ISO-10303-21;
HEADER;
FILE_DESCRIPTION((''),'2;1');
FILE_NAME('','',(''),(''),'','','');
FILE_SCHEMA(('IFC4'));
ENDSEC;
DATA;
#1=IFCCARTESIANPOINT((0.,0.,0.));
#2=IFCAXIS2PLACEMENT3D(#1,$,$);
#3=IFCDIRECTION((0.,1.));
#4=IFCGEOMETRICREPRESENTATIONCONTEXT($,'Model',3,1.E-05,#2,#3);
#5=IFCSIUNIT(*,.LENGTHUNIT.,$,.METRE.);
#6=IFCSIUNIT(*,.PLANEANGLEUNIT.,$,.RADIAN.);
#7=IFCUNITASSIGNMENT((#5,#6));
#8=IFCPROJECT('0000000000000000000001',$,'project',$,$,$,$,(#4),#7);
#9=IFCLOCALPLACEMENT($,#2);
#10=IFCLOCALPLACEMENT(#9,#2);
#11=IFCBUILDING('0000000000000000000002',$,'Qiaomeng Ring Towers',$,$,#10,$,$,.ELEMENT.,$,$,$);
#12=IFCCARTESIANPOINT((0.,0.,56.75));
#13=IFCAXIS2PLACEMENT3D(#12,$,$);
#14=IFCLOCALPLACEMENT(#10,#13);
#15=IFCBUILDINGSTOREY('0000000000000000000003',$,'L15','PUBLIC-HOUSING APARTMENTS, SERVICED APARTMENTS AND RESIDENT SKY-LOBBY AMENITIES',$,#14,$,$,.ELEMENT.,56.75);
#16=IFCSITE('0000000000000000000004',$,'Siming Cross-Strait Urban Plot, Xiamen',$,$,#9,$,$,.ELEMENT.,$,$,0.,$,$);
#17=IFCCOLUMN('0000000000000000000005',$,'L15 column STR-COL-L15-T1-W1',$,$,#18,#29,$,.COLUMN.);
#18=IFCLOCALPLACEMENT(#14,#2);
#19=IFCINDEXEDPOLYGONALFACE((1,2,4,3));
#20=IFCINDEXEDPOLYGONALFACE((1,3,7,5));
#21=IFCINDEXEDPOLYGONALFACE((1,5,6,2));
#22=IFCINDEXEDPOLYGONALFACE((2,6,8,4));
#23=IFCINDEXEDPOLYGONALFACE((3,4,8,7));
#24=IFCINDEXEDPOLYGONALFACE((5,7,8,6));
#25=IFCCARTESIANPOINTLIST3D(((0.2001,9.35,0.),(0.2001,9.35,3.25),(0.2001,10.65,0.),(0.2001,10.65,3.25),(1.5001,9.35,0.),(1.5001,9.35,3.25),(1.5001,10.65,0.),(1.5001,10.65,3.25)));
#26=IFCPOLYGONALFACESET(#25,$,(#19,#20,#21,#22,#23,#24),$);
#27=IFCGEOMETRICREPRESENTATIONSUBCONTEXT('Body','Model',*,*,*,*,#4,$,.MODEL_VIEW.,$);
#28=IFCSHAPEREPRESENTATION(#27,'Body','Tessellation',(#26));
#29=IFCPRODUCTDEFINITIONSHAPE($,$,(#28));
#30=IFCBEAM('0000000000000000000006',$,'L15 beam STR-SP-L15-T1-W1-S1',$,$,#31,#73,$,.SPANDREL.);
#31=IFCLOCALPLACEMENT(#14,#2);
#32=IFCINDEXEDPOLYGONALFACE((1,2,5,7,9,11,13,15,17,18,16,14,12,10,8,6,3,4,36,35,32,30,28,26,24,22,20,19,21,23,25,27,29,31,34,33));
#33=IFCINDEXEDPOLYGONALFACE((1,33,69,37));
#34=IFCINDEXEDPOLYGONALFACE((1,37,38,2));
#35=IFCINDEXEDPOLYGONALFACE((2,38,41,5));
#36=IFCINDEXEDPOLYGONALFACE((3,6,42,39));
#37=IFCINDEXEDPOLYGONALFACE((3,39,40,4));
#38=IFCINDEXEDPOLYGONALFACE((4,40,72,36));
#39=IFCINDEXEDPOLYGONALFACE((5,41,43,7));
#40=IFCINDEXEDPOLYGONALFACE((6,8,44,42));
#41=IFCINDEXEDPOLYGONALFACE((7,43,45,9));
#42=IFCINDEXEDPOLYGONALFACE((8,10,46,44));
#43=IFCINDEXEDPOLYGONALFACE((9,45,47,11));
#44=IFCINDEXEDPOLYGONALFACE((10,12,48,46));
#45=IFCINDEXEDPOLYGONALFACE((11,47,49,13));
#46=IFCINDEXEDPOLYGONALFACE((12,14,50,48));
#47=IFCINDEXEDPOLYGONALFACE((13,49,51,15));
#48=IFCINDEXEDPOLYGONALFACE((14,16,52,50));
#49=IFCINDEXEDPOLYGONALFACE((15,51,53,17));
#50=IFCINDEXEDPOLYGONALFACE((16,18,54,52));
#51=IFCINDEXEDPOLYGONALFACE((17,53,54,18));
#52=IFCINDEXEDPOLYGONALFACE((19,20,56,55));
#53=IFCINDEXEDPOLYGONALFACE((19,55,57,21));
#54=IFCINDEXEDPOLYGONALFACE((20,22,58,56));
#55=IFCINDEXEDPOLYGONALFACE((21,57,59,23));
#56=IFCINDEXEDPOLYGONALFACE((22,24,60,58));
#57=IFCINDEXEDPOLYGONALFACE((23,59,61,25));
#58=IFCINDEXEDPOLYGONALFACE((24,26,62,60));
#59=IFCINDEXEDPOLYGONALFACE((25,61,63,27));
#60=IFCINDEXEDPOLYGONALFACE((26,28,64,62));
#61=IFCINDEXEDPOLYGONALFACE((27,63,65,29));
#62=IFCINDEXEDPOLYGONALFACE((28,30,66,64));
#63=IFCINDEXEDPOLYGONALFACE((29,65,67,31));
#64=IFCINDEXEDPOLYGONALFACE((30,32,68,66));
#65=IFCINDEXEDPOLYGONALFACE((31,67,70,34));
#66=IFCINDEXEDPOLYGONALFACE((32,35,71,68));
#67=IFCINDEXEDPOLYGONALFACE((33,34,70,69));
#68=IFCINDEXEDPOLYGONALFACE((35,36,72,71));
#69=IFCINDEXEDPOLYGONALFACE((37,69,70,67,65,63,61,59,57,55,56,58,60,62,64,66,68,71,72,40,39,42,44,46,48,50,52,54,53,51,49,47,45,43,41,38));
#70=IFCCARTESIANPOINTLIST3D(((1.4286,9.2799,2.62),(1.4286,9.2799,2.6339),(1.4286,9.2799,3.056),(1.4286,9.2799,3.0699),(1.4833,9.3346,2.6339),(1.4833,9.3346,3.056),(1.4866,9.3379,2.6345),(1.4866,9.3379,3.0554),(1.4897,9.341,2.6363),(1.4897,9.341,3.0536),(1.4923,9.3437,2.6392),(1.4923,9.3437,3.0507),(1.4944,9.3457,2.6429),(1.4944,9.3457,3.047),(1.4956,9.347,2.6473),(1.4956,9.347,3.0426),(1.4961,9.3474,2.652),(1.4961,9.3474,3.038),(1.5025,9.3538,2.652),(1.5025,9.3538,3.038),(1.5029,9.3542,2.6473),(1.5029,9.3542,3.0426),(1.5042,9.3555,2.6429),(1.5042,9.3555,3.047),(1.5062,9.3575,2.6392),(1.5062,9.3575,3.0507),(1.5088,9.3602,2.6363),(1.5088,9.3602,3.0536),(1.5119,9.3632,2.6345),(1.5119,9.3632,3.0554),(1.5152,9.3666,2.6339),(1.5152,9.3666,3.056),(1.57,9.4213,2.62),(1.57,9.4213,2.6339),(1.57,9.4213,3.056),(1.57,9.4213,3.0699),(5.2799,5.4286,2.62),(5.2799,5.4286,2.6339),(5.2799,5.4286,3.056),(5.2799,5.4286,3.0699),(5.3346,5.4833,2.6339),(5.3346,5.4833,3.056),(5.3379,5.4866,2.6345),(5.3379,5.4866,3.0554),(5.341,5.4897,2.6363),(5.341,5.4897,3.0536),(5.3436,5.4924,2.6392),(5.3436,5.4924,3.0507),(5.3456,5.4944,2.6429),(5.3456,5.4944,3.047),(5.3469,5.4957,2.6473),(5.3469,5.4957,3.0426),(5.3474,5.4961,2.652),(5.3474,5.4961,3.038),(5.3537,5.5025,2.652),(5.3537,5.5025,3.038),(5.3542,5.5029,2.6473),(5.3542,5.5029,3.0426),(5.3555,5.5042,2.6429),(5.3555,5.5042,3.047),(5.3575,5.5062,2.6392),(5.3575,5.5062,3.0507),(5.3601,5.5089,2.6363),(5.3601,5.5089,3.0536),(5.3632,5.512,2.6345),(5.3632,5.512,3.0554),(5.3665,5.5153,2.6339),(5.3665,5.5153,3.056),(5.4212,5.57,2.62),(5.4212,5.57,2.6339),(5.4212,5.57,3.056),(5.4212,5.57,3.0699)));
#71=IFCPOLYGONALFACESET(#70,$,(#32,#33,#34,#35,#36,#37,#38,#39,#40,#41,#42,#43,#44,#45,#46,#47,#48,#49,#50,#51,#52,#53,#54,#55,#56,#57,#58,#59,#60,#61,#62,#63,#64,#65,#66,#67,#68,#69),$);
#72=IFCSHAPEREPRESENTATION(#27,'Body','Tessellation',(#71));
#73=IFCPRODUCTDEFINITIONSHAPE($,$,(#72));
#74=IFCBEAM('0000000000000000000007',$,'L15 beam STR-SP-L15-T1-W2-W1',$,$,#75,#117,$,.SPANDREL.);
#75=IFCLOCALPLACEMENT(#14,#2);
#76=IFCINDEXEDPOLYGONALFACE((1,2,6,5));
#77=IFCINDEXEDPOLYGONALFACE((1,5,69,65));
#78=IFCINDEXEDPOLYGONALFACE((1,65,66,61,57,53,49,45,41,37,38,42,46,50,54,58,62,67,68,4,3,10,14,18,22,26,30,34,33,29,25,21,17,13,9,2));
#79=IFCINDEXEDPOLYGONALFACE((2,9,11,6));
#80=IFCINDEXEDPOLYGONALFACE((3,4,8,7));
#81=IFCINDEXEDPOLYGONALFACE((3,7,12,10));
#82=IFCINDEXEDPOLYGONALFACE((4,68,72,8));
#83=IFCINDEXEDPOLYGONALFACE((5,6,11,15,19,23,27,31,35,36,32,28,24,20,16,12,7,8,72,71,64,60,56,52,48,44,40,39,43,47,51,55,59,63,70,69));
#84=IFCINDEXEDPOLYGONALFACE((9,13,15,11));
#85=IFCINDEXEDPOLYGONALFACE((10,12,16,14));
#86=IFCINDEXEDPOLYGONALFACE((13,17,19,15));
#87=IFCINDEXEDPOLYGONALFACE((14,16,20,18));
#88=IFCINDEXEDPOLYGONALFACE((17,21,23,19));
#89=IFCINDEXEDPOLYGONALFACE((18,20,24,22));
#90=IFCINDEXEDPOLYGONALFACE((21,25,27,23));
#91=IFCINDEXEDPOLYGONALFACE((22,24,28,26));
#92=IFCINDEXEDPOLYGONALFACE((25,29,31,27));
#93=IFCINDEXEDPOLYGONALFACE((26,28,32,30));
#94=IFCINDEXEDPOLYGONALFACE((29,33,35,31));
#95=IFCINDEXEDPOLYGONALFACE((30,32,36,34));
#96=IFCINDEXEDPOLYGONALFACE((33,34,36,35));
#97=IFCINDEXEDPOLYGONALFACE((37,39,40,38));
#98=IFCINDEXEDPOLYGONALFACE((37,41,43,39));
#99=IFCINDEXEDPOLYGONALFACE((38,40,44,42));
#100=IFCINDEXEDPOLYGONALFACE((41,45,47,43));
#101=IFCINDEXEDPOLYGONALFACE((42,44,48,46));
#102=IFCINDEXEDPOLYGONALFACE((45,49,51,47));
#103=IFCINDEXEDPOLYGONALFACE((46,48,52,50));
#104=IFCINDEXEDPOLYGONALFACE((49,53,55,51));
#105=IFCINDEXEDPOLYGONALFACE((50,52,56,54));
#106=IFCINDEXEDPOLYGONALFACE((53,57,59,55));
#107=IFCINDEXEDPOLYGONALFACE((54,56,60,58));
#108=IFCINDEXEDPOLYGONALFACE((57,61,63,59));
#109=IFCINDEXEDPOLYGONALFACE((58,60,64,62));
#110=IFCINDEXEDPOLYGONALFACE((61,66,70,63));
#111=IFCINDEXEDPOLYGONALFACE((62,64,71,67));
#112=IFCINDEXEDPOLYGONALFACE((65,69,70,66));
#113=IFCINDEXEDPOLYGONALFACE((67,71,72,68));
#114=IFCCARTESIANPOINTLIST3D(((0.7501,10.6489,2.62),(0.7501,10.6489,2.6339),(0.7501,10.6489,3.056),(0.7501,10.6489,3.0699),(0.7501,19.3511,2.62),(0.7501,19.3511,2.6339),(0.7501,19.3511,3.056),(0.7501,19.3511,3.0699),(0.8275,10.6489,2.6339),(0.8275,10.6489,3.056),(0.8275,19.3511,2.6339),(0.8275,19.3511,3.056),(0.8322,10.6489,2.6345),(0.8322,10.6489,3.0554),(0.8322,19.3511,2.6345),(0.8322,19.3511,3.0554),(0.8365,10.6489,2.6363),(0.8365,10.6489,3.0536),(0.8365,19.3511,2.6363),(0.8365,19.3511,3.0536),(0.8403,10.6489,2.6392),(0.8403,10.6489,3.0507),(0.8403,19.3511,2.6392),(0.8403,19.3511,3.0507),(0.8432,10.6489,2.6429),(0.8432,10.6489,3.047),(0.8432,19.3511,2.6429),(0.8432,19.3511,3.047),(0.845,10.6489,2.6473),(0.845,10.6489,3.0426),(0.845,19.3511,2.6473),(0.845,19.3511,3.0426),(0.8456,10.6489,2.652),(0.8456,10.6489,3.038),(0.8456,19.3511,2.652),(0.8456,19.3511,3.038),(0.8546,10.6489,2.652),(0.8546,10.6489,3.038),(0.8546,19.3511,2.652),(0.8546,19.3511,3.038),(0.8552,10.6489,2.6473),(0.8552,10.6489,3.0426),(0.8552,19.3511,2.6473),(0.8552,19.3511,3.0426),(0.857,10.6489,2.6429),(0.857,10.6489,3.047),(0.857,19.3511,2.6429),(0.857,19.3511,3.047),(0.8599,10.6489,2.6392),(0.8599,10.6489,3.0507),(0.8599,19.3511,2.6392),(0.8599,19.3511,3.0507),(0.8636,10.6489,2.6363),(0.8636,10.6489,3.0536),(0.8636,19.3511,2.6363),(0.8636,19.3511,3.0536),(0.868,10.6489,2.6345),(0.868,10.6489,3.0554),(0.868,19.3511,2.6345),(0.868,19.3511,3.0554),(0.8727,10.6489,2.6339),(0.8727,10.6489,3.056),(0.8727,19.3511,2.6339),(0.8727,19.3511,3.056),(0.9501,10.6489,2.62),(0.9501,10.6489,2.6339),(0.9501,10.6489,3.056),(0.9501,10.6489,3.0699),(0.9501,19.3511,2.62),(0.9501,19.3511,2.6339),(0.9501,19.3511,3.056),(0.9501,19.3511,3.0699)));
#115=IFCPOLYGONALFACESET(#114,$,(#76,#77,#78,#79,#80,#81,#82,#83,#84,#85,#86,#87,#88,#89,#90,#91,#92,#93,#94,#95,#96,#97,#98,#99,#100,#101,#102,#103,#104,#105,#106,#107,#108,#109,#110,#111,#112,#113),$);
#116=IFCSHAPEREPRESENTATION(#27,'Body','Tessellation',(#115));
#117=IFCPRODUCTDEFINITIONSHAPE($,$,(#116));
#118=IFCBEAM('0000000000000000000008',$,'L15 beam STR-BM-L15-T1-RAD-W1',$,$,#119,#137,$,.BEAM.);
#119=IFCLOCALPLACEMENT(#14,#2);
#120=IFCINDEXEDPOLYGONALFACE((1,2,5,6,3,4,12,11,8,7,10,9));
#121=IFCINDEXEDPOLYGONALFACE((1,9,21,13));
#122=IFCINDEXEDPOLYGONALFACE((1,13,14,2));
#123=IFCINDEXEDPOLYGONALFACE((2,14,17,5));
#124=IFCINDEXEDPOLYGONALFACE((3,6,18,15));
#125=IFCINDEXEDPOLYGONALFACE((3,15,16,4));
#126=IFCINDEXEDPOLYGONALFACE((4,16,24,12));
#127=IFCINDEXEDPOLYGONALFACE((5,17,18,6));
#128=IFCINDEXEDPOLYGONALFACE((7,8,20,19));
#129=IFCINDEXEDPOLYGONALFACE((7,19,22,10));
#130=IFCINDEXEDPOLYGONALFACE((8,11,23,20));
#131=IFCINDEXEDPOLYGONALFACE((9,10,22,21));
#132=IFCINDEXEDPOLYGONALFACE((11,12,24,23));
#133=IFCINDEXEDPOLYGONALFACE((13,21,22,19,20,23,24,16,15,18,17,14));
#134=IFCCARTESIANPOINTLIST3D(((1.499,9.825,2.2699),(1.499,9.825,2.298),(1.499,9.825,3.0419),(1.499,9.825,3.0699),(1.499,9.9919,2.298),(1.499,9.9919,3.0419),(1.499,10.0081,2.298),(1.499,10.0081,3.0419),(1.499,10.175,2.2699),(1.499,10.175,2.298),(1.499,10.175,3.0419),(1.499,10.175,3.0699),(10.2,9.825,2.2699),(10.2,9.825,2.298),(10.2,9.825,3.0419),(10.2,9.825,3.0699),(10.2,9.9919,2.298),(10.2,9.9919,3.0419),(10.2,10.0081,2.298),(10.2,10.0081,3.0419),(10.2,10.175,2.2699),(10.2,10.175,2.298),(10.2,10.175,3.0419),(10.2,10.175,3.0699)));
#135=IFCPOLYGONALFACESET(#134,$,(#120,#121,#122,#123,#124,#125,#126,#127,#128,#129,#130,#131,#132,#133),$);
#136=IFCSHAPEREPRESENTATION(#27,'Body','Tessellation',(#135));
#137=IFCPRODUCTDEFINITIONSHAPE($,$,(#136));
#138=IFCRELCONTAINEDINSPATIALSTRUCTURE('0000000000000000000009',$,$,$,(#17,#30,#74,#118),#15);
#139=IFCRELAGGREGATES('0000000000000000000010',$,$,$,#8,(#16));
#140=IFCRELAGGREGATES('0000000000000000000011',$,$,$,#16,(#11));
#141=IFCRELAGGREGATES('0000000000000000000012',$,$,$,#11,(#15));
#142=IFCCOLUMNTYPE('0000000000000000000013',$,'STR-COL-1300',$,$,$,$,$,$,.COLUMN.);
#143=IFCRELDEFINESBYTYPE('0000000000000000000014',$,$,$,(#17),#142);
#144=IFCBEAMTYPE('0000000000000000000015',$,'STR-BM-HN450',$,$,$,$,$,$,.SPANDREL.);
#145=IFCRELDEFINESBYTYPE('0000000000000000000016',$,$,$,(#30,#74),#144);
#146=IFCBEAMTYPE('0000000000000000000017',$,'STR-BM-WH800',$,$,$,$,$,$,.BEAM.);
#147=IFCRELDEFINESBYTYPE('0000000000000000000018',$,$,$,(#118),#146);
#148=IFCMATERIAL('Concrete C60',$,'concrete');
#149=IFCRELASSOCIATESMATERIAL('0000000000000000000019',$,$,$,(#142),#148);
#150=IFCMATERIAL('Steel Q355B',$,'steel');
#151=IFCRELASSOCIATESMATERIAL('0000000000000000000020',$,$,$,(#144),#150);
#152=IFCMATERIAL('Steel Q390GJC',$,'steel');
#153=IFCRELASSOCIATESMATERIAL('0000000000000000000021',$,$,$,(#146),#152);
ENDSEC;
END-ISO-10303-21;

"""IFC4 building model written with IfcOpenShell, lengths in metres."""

from ifc_helpers import new_model, si_unit, direction, frame, origin, origin_2d, place, context, subcontext, project, spatial, rectangle, i_section, extrude, source, transform, mapped, material, material_profile, profile_set, type_object, element, save


model = new_model("IFC4")

# Units and contexts
model_context = context("Model", 3, precision=1e-05, world=origin(), true_north=direction((0.0, 1.0)))
body_context = subcontext(model_context, "Body", "Model", "MODEL_VIEW")
ifc_project = project(units=[si_unit("LENGTHUNIT", "METRE"), si_unit("PLANEANGLEUNIT", "RADIAN")], contexts=[model_context])

# Site, building, storey
site_placement = place(None, origin())
site = spatial("IfcSite", under=ifc_project, at=site_placement, Name="Siming Cross-Strait Urban Plot, Xiamen", CompositionType="ELEMENT", RefElevation=0.0)
building_placement = place(site_placement, origin())
building = spatial("IfcBuilding", under=site, at=building_placement, Name="Qiaomeng Ring Towers", CompositionType="ELEMENT")
storey_placement = place(building_placement, frame((0.0, 0.0, 56.75)))
storey = spatial("IfcBuildingStorey", under=building, at=storey_placement, Name="L15", Description="PUBLIC-HOUSING APARTMENTS, SERVICED APARTMENTS AND RESIDENT SKY-LOBBY AMENITIES", CompositionType="ELEMENT", Elevation=56.75)

# Column
ifc_material_1 = material(Name="Concrete C60", Category="concrete")
ifc_material_profile_1 = material_profile(ifc_material_1, rectangle(XDim=1.3, YDim=1.3, at=origin_2d()), Name="RC COL 1300x1300")
ifc_profile_set_1 = profile_set([ifc_material_profile_1], Name="Concrete C60")
column_type = type_object("IfcColumnType", Name="STR-COL-1300", PredefinedType="COLUMN", material=ifc_profile_set_1)
shared_shape_1 = source(origin(), body_context, "Body", "SweptSolid", [
    extrude(rectangle(XDim=1.3, YDim=1.3, at=origin_2d()), origin(), (0.0, 0.0, 1.0), 3.25),
])
column_placement = place(storey_placement, frame((0.8501, 10.0, 0.0), z_axis=(0.0, 0.0, 1.0), x_axis=(1.0, 0.0, 0.0)))
element("IfcColumn", 1, at=column_placement, inside=storey, type_object=column_type, Name="L15 column STR-COL-L15-T1-W1", PredefinedType="COLUMN", context=body_context, shape_type="MappedRepresentation", body=[
    mapped(shared_shape_1, transform((0.0, 0.0, 0.0), x_axis=(1.0, 0.0, 0.0), y_axis=(0.0, 1.0, 0.0), z_axis=(0.0, 0.0, 1.0), scale=1.0)),
])

# Beams
ifc_material_2 = material(Name="Steel Q355B", Category="steel")
ifc_material_profile_2 = material_profile(ifc_material_2, i_section(OverallWidth=0.2, OverallDepth=0.45, WebThickness=0.009, FlangeThickness=0.0139, FilletRadius=0.0181, at=origin_2d()), Name="HN 450x200x9x14")
ifc_profile_set_2 = profile_set([ifc_material_profile_2], Name="Steel Q355B")
beam_type_1 = type_object("IfcBeamType", Name="STR-BM-HN450", PredefinedType="SPANDREL", material=ifc_profile_set_2)
shared_shape_2 = source(origin(), body_context, "Body", "SweptSolid", [
    extrude(i_section(OverallWidth=0.2, OverallDepth=0.45, WebThickness=0.009, FlangeThickness=0.0139, FilletRadius=0.0181, at=origin_2d()), origin(), (0.0, 0.0, 1.0), 5.4465),
])
beam_1_placement = place(storey_placement, frame((1.4993, 9.3506, 2.845), z_axis=(0.707107, -0.707107, 0.0), x_axis=(0.707107, 0.707107, 0.0)))
element("IfcBeam", 2, at=beam_1_placement, inside=storey, type_object=beam_type_1, Name="L15 beam STR-SP-L15-T1-W1-S1", PredefinedType="SPANDREL", context=body_context, shape_type="MappedRepresentation", body=[
    mapped(shared_shape_2, transform((0.0, 0.0, 0.0), x_axis=(1.0, 0.0, 0.0), y_axis=(0.0, 1.0, 0.0), z_axis=(0.0, 0.0, 1.0), scale=1.0)),
])
shared_shape_3 = source(origin(), body_context, "Body", "SweptSolid", [
    extrude(i_section(OverallWidth=0.2, OverallDepth=0.45, WebThickness=0.009, FlangeThickness=0.0139, FilletRadius=0.0181, at=origin_2d()), origin(), (0.0, 0.0, 1.0), 8.7021),
])
beam_2_placement = place(storey_placement, frame((0.8501, 19.3511, 2.845), z_axis=(0.0, -1.0, 0.0), x_axis=(1.0, 0.0, 0.0)))
element("IfcBeam", 3, at=beam_2_placement, inside=storey, type_object=beam_type_1, Name="L15 beam STR-SP-L15-T1-W2-W1", PredefinedType="SPANDREL", context=body_context, shape_type="MappedRepresentation", body=[
    mapped(shared_shape_3, transform((0.0, 0.0, 0.0), x_axis=(1.0, 0.0, 0.0), y_axis=(0.0, 1.0, 0.0), z_axis=(0.0, 0.0, 1.0), scale=1.0)),
])
ifc_material_3 = material(Name="Steel Q390GJC", Category="steel")
ifc_material_profile_3 = material_profile(ifc_material_3, i_section(OverallWidth=0.3501, OverallDepth=0.8, WebThickness=0.0161, FlangeThickness=0.0281, at=origin_2d()), Name="WH 800x350x16x28")
ifc_profile_set_3 = profile_set([ifc_material_profile_3], Name="Steel Q390GJC")
beam_type_2 = type_object("IfcBeamType", Name="STR-BM-WH800", PredefinedType="BEAM", material=ifc_profile_set_3)
shared_shape_4 = source(origin(), body_context, "Body", "SweptSolid", [
    extrude(i_section(OverallWidth=0.3501, OverallDepth=0.8, WebThickness=0.0161, FlangeThickness=0.0281, at=origin_2d()), origin(), (0.0, 0.0, 1.0), 8.7009),
])
beam_3_placement = place(storey_placement, frame((1.499, 10.0, 2.6699), z_axis=(1.0, 0.0, 0.0), x_axis=(0.0, 1.0, 0.0)))
element("IfcBeam", 4, at=beam_3_placement, inside=storey, type_object=beam_type_2, Name="L15 beam STR-BM-L15-T1-RAD-W1", PredefinedType="BEAM", context=body_context, shape_type="MappedRepresentation", body=[
    mapped(shared_shape_4, transform((0.0, 0.0, 0.0), x_axis=(1.0, 0.0, 0.0), y_axis=(0.0, 1.0, 0.0), z_axis=(0.0, 0.0, 1.0), scale=1.0)),
])

save(model, "model.ifc")
